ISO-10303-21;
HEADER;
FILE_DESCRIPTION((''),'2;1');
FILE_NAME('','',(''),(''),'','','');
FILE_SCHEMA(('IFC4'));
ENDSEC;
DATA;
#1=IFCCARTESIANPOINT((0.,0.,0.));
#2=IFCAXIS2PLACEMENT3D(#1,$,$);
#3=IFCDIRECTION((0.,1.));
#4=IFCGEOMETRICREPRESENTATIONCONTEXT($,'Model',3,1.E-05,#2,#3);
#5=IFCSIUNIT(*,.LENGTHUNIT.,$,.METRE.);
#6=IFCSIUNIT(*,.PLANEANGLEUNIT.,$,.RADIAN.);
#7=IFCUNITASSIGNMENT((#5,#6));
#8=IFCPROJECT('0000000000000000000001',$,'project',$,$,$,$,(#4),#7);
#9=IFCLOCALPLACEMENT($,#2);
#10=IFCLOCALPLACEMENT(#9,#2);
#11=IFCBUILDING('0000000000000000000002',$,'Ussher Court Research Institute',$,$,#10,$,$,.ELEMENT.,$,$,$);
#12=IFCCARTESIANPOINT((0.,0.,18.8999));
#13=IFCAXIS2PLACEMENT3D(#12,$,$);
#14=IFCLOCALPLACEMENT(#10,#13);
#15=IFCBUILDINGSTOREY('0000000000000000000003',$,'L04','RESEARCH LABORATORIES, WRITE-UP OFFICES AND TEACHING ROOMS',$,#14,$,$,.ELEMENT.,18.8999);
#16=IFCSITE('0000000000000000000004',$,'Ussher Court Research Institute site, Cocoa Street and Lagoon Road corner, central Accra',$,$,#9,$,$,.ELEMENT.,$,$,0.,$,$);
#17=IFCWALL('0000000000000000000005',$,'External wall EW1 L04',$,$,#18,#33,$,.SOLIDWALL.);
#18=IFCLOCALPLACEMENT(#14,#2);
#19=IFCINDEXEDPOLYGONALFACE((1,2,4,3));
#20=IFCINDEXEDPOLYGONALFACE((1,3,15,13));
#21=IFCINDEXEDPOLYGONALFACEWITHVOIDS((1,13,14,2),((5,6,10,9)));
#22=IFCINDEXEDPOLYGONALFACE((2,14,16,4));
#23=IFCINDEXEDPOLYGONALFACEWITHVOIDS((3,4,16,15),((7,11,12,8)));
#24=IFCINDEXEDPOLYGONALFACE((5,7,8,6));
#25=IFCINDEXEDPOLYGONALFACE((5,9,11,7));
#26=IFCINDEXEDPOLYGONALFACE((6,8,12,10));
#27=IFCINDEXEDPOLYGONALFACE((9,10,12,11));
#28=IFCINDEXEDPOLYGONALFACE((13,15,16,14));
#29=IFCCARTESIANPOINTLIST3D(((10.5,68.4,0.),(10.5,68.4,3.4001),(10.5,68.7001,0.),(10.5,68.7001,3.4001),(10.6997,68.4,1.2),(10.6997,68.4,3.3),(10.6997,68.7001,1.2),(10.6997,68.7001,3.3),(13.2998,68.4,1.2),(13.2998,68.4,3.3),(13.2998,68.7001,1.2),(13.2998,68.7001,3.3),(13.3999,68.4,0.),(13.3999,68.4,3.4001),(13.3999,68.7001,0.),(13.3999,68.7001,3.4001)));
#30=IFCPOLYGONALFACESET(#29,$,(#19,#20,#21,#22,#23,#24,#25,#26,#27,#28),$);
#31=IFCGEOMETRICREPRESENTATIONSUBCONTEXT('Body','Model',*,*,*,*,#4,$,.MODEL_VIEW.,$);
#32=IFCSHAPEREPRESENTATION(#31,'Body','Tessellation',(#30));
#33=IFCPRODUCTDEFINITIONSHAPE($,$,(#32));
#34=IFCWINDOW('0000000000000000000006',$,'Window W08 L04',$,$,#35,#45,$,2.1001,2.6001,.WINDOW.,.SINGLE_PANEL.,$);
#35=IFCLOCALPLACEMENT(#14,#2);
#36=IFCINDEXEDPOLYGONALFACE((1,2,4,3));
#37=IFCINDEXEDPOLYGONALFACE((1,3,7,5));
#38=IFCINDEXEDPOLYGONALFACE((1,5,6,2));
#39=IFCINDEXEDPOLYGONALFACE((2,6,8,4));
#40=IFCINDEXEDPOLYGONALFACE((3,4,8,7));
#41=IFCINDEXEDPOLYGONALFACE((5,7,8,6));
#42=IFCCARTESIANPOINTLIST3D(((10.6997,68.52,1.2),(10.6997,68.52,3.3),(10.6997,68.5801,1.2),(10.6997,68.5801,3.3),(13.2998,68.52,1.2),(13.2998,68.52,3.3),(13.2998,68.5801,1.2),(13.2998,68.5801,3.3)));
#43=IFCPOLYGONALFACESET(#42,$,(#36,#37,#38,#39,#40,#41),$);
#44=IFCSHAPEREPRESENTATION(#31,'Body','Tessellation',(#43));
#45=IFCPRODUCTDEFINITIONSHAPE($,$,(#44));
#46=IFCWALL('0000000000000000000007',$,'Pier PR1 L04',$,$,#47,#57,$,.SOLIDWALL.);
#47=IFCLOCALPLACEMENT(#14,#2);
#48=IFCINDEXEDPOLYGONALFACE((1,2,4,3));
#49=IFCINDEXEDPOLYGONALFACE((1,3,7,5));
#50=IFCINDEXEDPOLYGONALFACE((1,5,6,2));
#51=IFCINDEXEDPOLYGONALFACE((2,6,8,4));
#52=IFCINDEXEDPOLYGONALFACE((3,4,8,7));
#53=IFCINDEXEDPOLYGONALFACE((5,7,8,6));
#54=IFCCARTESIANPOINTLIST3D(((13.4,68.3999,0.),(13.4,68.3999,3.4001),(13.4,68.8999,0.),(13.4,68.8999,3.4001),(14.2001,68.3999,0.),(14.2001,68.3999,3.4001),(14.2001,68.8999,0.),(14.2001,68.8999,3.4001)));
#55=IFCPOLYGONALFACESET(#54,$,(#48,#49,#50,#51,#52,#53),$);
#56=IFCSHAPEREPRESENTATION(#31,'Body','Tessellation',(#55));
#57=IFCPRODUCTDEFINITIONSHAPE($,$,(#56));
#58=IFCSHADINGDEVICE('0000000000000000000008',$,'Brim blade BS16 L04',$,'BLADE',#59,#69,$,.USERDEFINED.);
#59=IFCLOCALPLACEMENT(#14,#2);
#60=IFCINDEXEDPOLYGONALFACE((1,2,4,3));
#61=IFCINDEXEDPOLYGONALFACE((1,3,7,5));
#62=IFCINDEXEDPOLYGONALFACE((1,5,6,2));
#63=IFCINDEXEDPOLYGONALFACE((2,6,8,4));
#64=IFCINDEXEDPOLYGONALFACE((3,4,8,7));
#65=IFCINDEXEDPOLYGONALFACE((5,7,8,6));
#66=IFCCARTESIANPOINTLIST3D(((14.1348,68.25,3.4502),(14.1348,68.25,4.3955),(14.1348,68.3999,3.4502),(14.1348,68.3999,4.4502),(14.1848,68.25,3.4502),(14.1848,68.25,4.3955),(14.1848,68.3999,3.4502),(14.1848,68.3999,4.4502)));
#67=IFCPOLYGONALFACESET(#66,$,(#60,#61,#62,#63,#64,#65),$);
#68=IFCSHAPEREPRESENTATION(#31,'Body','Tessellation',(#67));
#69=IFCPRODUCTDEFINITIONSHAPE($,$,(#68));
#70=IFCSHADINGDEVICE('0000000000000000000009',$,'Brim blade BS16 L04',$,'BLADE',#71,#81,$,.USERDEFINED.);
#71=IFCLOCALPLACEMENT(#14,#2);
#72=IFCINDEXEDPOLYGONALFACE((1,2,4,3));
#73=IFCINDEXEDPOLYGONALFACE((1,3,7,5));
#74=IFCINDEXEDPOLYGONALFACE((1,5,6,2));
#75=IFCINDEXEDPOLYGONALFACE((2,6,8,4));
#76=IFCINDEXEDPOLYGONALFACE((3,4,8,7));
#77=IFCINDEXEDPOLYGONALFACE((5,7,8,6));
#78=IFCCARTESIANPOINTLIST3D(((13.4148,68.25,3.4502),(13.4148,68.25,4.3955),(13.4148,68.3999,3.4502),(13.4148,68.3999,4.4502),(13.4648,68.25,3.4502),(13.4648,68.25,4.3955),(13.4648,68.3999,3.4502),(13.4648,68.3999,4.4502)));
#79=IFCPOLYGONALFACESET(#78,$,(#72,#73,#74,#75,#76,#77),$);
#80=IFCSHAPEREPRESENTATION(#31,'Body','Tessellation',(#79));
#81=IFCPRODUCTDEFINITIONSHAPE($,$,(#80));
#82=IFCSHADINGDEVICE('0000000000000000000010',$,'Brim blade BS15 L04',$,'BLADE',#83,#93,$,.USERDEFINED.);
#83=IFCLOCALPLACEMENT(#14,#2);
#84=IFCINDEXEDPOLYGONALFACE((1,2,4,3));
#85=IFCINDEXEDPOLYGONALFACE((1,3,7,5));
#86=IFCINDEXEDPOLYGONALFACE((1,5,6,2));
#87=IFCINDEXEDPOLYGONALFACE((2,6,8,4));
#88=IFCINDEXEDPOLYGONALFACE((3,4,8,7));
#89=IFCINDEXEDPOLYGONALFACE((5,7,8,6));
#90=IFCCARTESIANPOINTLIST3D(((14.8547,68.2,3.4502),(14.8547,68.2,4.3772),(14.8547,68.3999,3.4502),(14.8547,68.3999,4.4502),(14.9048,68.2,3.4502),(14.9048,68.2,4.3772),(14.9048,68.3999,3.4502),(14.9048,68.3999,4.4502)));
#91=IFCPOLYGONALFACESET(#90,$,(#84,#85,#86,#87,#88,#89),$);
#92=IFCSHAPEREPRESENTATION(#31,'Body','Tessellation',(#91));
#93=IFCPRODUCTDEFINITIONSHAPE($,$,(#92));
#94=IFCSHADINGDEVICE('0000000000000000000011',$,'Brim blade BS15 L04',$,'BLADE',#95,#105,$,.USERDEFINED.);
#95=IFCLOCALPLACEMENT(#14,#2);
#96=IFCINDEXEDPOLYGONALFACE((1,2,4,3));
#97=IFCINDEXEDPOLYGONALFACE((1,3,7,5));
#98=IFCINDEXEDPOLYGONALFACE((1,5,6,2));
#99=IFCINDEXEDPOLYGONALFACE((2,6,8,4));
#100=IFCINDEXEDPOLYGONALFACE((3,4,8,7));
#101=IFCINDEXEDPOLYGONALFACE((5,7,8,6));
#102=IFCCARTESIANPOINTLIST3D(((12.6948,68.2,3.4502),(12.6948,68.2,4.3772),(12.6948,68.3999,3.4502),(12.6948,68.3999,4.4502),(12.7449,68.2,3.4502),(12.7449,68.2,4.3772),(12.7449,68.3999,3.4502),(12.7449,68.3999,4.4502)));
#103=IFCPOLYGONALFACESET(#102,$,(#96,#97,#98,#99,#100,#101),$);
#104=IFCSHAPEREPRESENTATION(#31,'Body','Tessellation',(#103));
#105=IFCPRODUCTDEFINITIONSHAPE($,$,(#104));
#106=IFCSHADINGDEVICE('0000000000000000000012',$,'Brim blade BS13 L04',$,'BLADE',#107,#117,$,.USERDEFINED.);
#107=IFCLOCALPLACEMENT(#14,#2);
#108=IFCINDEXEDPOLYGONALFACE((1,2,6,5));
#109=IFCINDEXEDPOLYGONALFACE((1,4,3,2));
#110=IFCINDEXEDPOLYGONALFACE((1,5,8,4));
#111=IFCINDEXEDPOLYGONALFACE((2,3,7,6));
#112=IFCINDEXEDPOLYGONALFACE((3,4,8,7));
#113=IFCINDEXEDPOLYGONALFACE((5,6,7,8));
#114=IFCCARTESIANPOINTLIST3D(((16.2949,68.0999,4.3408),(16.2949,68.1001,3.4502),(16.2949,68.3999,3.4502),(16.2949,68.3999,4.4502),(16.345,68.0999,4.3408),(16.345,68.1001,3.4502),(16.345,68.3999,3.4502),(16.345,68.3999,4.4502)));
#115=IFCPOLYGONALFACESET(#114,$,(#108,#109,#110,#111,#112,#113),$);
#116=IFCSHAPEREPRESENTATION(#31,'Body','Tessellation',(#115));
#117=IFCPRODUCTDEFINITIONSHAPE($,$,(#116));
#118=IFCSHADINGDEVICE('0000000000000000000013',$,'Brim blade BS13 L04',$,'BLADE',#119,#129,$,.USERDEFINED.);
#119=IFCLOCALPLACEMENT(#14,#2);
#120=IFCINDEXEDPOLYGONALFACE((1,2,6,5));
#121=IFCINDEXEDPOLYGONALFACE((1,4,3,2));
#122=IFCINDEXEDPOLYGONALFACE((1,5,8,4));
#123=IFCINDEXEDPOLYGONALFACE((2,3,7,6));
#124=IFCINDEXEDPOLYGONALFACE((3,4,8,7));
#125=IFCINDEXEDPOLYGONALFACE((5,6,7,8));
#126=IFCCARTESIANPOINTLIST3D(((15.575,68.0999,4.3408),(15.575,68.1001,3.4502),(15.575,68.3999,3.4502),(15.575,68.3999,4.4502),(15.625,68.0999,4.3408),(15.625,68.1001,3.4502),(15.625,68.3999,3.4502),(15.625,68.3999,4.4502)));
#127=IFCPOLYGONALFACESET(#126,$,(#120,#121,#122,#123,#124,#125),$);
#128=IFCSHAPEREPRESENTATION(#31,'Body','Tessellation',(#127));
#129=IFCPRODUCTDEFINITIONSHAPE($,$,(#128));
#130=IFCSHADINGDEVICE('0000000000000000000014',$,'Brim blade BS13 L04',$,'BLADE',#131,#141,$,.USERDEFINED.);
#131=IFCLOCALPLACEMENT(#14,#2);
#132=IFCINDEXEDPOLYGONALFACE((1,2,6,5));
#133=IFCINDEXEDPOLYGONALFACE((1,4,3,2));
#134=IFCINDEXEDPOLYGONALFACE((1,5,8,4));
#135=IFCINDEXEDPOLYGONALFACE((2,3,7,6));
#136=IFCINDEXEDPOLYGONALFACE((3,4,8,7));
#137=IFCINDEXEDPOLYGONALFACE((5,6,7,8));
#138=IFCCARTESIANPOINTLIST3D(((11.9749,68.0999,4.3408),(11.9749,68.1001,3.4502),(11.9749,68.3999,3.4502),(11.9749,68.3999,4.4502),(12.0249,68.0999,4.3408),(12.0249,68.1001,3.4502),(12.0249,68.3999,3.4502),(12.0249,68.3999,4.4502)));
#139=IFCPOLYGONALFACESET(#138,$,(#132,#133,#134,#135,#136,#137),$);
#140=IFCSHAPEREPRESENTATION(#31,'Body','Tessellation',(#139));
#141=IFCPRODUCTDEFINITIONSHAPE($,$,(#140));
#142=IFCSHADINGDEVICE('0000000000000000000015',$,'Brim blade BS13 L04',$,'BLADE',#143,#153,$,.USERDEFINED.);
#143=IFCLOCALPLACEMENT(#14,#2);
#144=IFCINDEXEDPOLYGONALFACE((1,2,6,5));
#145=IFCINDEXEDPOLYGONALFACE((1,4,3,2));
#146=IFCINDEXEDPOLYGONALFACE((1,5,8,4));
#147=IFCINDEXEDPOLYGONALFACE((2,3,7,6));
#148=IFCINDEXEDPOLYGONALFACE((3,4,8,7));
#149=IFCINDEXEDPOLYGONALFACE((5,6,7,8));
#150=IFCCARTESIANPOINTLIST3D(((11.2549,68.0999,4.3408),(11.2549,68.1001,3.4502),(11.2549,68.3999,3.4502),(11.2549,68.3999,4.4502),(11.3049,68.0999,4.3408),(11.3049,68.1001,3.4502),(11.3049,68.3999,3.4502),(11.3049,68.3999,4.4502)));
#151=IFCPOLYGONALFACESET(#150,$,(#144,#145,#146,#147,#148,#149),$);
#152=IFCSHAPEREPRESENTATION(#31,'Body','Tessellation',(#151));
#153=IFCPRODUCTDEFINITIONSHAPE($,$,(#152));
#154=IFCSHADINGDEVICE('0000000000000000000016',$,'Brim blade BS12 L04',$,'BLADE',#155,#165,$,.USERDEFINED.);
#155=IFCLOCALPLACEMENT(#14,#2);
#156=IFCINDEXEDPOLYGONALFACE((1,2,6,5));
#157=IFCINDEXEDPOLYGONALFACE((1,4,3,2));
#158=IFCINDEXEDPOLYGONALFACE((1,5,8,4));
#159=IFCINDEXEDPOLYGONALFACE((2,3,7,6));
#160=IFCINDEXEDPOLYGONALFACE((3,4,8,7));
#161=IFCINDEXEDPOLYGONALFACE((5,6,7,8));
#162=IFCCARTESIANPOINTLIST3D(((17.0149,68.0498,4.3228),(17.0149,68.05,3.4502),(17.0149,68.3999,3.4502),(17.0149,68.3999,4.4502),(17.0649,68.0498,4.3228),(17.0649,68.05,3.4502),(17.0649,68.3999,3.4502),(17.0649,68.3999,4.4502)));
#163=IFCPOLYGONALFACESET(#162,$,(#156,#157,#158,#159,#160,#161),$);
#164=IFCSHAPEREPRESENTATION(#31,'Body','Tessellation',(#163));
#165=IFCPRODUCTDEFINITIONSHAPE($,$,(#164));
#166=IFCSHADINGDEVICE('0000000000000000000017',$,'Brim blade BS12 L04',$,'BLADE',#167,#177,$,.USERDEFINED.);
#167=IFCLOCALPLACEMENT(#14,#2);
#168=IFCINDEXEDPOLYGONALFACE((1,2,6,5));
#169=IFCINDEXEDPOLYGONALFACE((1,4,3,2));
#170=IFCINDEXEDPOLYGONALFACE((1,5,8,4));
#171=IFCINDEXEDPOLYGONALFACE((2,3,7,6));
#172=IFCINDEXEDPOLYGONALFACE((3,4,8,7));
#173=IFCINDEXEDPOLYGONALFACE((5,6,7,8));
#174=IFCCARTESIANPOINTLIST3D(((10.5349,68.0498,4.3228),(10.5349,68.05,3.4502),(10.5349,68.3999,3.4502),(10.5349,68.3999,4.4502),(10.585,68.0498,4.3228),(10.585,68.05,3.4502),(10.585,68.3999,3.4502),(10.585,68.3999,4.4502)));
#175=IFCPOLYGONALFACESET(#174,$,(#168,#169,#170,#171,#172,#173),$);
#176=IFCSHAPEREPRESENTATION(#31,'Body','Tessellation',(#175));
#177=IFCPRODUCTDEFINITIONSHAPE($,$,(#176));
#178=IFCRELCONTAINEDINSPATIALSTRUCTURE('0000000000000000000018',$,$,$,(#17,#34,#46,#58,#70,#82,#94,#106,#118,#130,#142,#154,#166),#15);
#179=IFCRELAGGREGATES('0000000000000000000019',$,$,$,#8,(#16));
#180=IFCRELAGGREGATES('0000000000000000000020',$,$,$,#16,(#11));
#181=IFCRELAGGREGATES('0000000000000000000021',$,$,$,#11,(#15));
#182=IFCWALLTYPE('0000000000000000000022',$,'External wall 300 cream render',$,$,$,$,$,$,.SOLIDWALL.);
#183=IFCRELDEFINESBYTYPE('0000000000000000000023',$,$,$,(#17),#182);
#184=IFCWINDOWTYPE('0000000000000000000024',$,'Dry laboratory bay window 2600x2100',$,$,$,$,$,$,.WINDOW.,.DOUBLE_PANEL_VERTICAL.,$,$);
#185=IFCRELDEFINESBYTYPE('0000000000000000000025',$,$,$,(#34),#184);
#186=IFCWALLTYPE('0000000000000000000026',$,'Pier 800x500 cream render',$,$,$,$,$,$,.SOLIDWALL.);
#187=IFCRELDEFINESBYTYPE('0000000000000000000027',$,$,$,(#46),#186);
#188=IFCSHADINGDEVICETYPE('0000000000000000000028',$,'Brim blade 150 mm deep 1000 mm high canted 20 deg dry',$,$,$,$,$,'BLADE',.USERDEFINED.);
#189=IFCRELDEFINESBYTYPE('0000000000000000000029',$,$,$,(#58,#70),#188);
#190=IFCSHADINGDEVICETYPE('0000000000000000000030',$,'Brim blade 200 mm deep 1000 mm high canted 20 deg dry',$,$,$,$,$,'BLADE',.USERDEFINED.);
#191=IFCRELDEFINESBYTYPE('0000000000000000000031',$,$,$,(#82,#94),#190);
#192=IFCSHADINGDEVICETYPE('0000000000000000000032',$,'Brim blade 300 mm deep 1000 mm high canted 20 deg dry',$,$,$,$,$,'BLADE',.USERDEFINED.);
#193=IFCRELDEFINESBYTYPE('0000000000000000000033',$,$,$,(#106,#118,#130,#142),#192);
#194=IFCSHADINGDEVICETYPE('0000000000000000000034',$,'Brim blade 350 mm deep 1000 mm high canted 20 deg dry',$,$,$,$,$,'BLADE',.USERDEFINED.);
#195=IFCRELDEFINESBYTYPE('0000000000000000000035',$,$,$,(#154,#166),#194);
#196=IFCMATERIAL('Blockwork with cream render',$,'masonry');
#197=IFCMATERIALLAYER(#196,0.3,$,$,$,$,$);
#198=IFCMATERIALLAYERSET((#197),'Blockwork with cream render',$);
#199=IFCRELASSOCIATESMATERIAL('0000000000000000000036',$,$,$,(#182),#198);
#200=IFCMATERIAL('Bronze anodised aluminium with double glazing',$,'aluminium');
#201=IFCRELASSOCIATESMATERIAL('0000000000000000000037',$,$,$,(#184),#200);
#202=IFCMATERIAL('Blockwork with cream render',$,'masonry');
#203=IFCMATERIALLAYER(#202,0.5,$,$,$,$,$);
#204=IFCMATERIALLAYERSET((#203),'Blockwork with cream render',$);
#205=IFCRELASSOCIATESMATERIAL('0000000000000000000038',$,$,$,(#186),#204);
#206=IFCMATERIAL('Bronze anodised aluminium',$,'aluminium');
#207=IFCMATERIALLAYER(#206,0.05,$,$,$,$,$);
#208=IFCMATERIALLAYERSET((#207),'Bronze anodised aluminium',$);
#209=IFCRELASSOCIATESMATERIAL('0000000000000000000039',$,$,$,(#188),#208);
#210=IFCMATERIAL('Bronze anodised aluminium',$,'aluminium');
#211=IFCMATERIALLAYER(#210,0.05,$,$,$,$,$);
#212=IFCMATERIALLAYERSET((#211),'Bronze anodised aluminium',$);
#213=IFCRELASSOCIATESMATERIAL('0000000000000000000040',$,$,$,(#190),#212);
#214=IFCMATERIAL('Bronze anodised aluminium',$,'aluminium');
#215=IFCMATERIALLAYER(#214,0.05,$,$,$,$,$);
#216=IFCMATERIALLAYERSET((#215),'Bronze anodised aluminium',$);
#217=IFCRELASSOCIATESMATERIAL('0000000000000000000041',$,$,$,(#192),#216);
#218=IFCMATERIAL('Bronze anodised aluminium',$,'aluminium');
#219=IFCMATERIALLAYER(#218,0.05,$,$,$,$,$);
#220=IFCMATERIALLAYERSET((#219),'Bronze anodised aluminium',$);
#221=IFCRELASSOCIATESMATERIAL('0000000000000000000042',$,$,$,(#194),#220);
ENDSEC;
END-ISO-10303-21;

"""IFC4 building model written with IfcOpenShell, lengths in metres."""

from ifc_helpers import new_model, si_unit, direction, frame, frame_2d, origin, place, context, subcontext, project, spatial, polyline, rectangle, outline, extrude, material, layer, layer_set, type_object, element, fill, save


model = new_model("IFC4")

# Units and contexts
model_context = context("Model", 3, precision=1e-05, world=origin(), true_north=direction((0.0, 1.0)))
body_context = subcontext(model_context, "Body", "Model", "MODEL_VIEW")
ifc_project = project(units=[si_unit("LENGTHUNIT", "METRE"), si_unit("PLANEANGLEUNIT", "RADIAN")], contexts=[model_context])

# Site, building, storey
site_placement = place(None, origin())
site = spatial("IfcSite", under=ifc_project, at=site_placement, Name="Ussher Court Research Institute site, Cocoa Street and Lagoon Road corner, central Accra", CompositionType="ELEMENT", RefElevation=0.0)
building_placement = place(site_placement, origin())
building = spatial("IfcBuilding", under=site, at=building_placement, Name="Ussher Court Research Institute", CompositionType="ELEMENT")
storey_placement = place(building_placement, frame((0.0, 0.0, 18.8999)))
storey = spatial("IfcBuildingStorey", under=building, at=storey_placement, Name="L04", Description="RESEARCH LABORATORIES, WRITE-UP OFFICES AND TEACHING ROOMS", CompositionType="ELEMENT", Elevation=18.8999)

# Wall, opening, window
ifc_material_1 = material(Name="Blockwork with cream render", Category="masonry")
ifc_layer_1 = layer(ifc_material_1, 0.3)
ifc_layer_set_1 = layer_set([ifc_layer_1], Name="Blockwork with cream render")
wall_type_1 = type_object("IfcWallType", Name="External wall 300 cream render", PredefinedType="SOLIDWALL", material=ifc_layer_set_1)
ifc_material_2 = material(Name="Bronze anodised aluminium with double glazing", Category="aluminium")
window_type = type_object("IfcWindowType", Name="Dry laboratory bay window 2600x2100", PartitioningType="DOUBLE_PANEL_VERTICAL", PredefinedType="WINDOW", material=ifc_material_2)
wall_1_placement = place(storey_placement, frame((13.3999, 68.55, 0.0), z_axis=(0.0, 0.0, 1.0), x_axis=(-1.0, 0.0, 0.0)))
wall_1 = element("IfcWall", 1, at=wall_1_placement, inside=storey, type_object=wall_type_1, Name="External wall EW1 L04", PredefinedType="SOLIDWALL", context=body_context, shape_type="SweptSolid", body=[
    extrude(rectangle(XDim=2.8999, YDim=0.3, at=frame_2d((1.45, 0.0))), origin(), (0.0, 0.0, 1.0), 3.4001),
])
opening_1_placement = place(wall_1_placement, frame((0.1001, 0.0, 1.2)))
opening_1 = element("IfcOpeningElement", 2, at=opening_1_placement, cuts=wall_1, PredefinedType="OPENING", context=body_context, shape_type="SweptSolid", body=[
    extrude(rectangle(XDim=2.6001, YDim=2.1001, at=frame_2d((1.3, 1.05))), frame((0.0, 0.1602, 0.0), z_axis=(0.0, -1.0, 0.0), x_axis=(1.0, 0.0, 0.0)), (0.0, 0.0, 1.0), 0.3201),
])
window_1_placement = place(opening_1_placement, origin())
window_1 = element("IfcWindow", 3, at=window_1_placement, inside=storey, type_object=window_type, Name="Window W08 L04", OverallHeight=2.1001, OverallWidth=2.6001, PartitioningType="SINGLE_PANEL", PredefinedType="WINDOW", context=body_context, shape_type="SweptSolid", body=[
    extrude(rectangle(XDim=2.6001, YDim=2.1001, at=frame_2d((1.3, 1.05))), frame((0.0, 0.03, 0.0), z_axis=(0.0, -1.0, 0.0), x_axis=(1.0, 0.0, 0.0)), (0.0, 0.0, 1.0), 0.0601),
])
fill(opening_1, window_1)

# Wall
ifc_material_3 = material(Name="Blockwork with cream render", Category="masonry")
ifc_layer_2 = layer(ifc_material_3, 0.5)
ifc_layer_set_2 = layer_set([ifc_layer_2], Name="Blockwork with cream render")
wall_type_2 = type_object("IfcWallType", Name="Pier 800x500 cream render", PredefinedType="SOLIDWALL", material=ifc_layer_set_2)
wall_2_placement = place(storey_placement, frame((14.2, 68.6499, 0.0), z_axis=(0.0, 0.0, 1.0), x_axis=(-1.0, 0.0, 0.0)))
element("IfcWall", 4, at=wall_2_placement, inside=storey, type_object=wall_type_2, Name="Pier PR1 L04", PredefinedType="SOLIDWALL", context=body_context, shape_type="SweptSolid", body=[
    extrude(rectangle(XDim=0.8, YDim=0.5, at=frame_2d((0.3999, 0.0))), origin(), (0.0, 0.0, 1.0), 3.4001),
])

# Shading devices
ifc_material_4 = material(Name="Bronze anodised aluminium", Category="aluminium")
ifc_layer_3 = layer(ifc_material_4, 0.05)
ifc_layer_set_3 = layer_set([ifc_layer_3], Name="Bronze anodised aluminium")
shading_device_type_1 = type_object("IfcShadingDeviceType", Name="Brim blade 150 mm deep 1000 mm high canted 20 deg dry", ElementType="BLADE", PredefinedType="USERDEFINED", material=ifc_layer_set_3)
for number, where, z_axis, x_axis, name in (
    (5, (14.1599, 68.3999, 3.4502), (0.0, 0.0, 1.0), (0.0, -1.0, 0.0), "Brim blade BS16 L04"),
    (6, (13.4399, 68.3999, 3.4502), (0.0, 0.0, 1.0), (0.0, -1.0, 0.0), "Brim blade BS16 L04"),
):
    element("IfcShadingDevice", number, at=place(storey_placement, frame(where, z_axis=z_axis, x_axis=x_axis)), inside=storey, type_object=shading_device_type_1, Name=name, ObjectType="BLADE", PredefinedType="USERDEFINED", context=body_context, shape_type="SweptSolid", body=[
        extrude(outline(polyline([(0.0, 0.0), (0.1499, 0.0), (0.1499, 0.9453), (0.0, 1.0), (0.0, 0.0)])), frame((0.0, 0.0249, 0.0), z_axis=(0.0, -1.0, 0.0), x_axis=(1.0, 0.0, 0.0)), (0.0, 0.0, 1.0), 0.05),
    ])
ifc_material_5 = material(Name="Bronze anodised aluminium", Category="aluminium")
ifc_layer_4 = layer(ifc_material_5, 0.05)
ifc_layer_set_4 = layer_set([ifc_layer_4], Name="Bronze anodised aluminium")
shading_device_type_2 = type_object("IfcShadingDeviceType", Name="Brim blade 200 mm deep 1000 mm high canted 20 deg dry", ElementType="BLADE", PredefinedType="USERDEFINED", material=ifc_layer_set_4)
for number, where, z_axis, x_axis, name in (
    (7, (14.8799, 68.3999, 3.4502), (0.0, 0.0, 1.0), (0.0, -1.0, 0.0), "Brim blade BS15 L04"),
    (8, (12.72, 68.3999, 3.4502), (0.0, 0.0, 1.0), (0.0, -1.0, 0.0), "Brim blade BS15 L04"),
):
    element("IfcShadingDevice", number, at=place(storey_placement, frame(where, z_axis=z_axis, x_axis=x_axis)), inside=storey, type_object=shading_device_type_2, Name=name, ObjectType="BLADE", PredefinedType="USERDEFINED", context=body_context, shape_type="SweptSolid", body=[
        extrude(outline(polyline([(0.0, 0.0), (0.2, 0.0), (0.2, 0.927), (0.0, 1.0), (0.0, 0.0)])), frame((0.0, 0.0249, 0.0), z_axis=(0.0, -1.0, 0.0), x_axis=(1.0, 0.0, 0.0)), (0.0, 0.0, 1.0), 0.05),
    ])
ifc_material_6 = material(Name="Bronze anodised aluminium", Category="aluminium")
ifc_layer_5 = layer(ifc_material_6, 0.05)
ifc_layer_set_5 = layer_set([ifc_layer_5], Name="Bronze anodised aluminium")
shading_device_type_3 = type_object("IfcShadingDeviceType", Name="Brim blade 300 mm deep 1000 mm high canted 20 deg dry", ElementType="BLADE", PredefinedType="USERDEFINED", material=ifc_layer_set_5)
for number, where, z_axis, x_axis, name in (
    (9, (16.3201, 68.3999, 3.4502), (0.0, 0.0, 1.0), (0.0, -1.0, 0.0), "Brim blade BS13 L04"),
    (10, (15.6001, 68.3999, 3.4502), (0.0, 0.0, 1.0), (0.0, -1.0, 0.0), "Brim blade BS13 L04"),
    (11, (12.0, 68.3999, 3.4502), (0.0, 0.0, 1.0), (0.0, -1.0, 0.0), "Brim blade BS13 L04"),
    (12, (11.28, 68.3999, 3.4502), (0.0, 0.0, 1.0), (0.0, -1.0, 0.0), "Brim blade BS13 L04"),
):
    element("IfcShadingDevice", number, at=place(storey_placement, frame(where, z_axis=z_axis, x_axis=x_axis)), inside=storey, type_object=shading_device_type_3, Name=name, ObjectType="BLADE", PredefinedType="USERDEFINED", context=body_context, shape_type="SweptSolid", body=[
        extrude(outline(polyline([(0.0, 0.0), (0.2998, 0.0), (0.3, 0.8906), (0.0, 1.0), (0.0, 0.0)])), frame((0.0, 0.0249, 0.0), z_axis=(0.0, -1.0, 0.0), x_axis=(1.0, 0.0, 0.0)), (0.0, 0.0, 1.0), 0.05),
    ])
ifc_material_7 = material(Name="Bronze anodised aluminium", Category="aluminium")
ifc_layer_6 = layer(ifc_material_7, 0.05)
ifc_layer_set_6 = layer_set([ifc_layer_6], Name="Bronze anodised aluminium")
shading_device_type_4 = type_object("IfcShadingDeviceType", Name="Brim blade 350 mm deep 1000 mm high canted 20 deg dry", ElementType="BLADE", PredefinedType="USERDEFINED", material=ifc_layer_set_6)
for number, where, z_axis, x_axis, name in (
    (13, (17.04, 68.3999, 3.4502), (0.0, 0.0, 1.0), (0.0, -1.0, 0.0), "Brim blade BS12 L04"),
    (14, (10.5601, 68.3999, 3.4502), (0.0, 0.0, 1.0), (0.0, -1.0, 0.0), "Brim blade BS12 L04"),
):
    element("IfcShadingDevice", number, at=place(storey_placement, frame(where, z_axis=z_axis, x_axis=x_axis)), inside=storey, type_object=shading_device_type_4, Name=name, ObjectType="BLADE", PredefinedType="USERDEFINED", context=body_context, shape_type="SweptSolid", body=[
        extrude(outline(polyline([(0.0, 0.0), (0.3499, 0.0), (0.3501, 0.8726), (0.0, 1.0), (0.0, 0.0)])), frame((0.0, 0.0249, 0.0), z_axis=(0.0, -1.0, 0.0), x_axis=(1.0, 0.0, 0.0)), (0.0, 0.0, 1.0), 0.05),
    ])

save(model, "model.ifc")
